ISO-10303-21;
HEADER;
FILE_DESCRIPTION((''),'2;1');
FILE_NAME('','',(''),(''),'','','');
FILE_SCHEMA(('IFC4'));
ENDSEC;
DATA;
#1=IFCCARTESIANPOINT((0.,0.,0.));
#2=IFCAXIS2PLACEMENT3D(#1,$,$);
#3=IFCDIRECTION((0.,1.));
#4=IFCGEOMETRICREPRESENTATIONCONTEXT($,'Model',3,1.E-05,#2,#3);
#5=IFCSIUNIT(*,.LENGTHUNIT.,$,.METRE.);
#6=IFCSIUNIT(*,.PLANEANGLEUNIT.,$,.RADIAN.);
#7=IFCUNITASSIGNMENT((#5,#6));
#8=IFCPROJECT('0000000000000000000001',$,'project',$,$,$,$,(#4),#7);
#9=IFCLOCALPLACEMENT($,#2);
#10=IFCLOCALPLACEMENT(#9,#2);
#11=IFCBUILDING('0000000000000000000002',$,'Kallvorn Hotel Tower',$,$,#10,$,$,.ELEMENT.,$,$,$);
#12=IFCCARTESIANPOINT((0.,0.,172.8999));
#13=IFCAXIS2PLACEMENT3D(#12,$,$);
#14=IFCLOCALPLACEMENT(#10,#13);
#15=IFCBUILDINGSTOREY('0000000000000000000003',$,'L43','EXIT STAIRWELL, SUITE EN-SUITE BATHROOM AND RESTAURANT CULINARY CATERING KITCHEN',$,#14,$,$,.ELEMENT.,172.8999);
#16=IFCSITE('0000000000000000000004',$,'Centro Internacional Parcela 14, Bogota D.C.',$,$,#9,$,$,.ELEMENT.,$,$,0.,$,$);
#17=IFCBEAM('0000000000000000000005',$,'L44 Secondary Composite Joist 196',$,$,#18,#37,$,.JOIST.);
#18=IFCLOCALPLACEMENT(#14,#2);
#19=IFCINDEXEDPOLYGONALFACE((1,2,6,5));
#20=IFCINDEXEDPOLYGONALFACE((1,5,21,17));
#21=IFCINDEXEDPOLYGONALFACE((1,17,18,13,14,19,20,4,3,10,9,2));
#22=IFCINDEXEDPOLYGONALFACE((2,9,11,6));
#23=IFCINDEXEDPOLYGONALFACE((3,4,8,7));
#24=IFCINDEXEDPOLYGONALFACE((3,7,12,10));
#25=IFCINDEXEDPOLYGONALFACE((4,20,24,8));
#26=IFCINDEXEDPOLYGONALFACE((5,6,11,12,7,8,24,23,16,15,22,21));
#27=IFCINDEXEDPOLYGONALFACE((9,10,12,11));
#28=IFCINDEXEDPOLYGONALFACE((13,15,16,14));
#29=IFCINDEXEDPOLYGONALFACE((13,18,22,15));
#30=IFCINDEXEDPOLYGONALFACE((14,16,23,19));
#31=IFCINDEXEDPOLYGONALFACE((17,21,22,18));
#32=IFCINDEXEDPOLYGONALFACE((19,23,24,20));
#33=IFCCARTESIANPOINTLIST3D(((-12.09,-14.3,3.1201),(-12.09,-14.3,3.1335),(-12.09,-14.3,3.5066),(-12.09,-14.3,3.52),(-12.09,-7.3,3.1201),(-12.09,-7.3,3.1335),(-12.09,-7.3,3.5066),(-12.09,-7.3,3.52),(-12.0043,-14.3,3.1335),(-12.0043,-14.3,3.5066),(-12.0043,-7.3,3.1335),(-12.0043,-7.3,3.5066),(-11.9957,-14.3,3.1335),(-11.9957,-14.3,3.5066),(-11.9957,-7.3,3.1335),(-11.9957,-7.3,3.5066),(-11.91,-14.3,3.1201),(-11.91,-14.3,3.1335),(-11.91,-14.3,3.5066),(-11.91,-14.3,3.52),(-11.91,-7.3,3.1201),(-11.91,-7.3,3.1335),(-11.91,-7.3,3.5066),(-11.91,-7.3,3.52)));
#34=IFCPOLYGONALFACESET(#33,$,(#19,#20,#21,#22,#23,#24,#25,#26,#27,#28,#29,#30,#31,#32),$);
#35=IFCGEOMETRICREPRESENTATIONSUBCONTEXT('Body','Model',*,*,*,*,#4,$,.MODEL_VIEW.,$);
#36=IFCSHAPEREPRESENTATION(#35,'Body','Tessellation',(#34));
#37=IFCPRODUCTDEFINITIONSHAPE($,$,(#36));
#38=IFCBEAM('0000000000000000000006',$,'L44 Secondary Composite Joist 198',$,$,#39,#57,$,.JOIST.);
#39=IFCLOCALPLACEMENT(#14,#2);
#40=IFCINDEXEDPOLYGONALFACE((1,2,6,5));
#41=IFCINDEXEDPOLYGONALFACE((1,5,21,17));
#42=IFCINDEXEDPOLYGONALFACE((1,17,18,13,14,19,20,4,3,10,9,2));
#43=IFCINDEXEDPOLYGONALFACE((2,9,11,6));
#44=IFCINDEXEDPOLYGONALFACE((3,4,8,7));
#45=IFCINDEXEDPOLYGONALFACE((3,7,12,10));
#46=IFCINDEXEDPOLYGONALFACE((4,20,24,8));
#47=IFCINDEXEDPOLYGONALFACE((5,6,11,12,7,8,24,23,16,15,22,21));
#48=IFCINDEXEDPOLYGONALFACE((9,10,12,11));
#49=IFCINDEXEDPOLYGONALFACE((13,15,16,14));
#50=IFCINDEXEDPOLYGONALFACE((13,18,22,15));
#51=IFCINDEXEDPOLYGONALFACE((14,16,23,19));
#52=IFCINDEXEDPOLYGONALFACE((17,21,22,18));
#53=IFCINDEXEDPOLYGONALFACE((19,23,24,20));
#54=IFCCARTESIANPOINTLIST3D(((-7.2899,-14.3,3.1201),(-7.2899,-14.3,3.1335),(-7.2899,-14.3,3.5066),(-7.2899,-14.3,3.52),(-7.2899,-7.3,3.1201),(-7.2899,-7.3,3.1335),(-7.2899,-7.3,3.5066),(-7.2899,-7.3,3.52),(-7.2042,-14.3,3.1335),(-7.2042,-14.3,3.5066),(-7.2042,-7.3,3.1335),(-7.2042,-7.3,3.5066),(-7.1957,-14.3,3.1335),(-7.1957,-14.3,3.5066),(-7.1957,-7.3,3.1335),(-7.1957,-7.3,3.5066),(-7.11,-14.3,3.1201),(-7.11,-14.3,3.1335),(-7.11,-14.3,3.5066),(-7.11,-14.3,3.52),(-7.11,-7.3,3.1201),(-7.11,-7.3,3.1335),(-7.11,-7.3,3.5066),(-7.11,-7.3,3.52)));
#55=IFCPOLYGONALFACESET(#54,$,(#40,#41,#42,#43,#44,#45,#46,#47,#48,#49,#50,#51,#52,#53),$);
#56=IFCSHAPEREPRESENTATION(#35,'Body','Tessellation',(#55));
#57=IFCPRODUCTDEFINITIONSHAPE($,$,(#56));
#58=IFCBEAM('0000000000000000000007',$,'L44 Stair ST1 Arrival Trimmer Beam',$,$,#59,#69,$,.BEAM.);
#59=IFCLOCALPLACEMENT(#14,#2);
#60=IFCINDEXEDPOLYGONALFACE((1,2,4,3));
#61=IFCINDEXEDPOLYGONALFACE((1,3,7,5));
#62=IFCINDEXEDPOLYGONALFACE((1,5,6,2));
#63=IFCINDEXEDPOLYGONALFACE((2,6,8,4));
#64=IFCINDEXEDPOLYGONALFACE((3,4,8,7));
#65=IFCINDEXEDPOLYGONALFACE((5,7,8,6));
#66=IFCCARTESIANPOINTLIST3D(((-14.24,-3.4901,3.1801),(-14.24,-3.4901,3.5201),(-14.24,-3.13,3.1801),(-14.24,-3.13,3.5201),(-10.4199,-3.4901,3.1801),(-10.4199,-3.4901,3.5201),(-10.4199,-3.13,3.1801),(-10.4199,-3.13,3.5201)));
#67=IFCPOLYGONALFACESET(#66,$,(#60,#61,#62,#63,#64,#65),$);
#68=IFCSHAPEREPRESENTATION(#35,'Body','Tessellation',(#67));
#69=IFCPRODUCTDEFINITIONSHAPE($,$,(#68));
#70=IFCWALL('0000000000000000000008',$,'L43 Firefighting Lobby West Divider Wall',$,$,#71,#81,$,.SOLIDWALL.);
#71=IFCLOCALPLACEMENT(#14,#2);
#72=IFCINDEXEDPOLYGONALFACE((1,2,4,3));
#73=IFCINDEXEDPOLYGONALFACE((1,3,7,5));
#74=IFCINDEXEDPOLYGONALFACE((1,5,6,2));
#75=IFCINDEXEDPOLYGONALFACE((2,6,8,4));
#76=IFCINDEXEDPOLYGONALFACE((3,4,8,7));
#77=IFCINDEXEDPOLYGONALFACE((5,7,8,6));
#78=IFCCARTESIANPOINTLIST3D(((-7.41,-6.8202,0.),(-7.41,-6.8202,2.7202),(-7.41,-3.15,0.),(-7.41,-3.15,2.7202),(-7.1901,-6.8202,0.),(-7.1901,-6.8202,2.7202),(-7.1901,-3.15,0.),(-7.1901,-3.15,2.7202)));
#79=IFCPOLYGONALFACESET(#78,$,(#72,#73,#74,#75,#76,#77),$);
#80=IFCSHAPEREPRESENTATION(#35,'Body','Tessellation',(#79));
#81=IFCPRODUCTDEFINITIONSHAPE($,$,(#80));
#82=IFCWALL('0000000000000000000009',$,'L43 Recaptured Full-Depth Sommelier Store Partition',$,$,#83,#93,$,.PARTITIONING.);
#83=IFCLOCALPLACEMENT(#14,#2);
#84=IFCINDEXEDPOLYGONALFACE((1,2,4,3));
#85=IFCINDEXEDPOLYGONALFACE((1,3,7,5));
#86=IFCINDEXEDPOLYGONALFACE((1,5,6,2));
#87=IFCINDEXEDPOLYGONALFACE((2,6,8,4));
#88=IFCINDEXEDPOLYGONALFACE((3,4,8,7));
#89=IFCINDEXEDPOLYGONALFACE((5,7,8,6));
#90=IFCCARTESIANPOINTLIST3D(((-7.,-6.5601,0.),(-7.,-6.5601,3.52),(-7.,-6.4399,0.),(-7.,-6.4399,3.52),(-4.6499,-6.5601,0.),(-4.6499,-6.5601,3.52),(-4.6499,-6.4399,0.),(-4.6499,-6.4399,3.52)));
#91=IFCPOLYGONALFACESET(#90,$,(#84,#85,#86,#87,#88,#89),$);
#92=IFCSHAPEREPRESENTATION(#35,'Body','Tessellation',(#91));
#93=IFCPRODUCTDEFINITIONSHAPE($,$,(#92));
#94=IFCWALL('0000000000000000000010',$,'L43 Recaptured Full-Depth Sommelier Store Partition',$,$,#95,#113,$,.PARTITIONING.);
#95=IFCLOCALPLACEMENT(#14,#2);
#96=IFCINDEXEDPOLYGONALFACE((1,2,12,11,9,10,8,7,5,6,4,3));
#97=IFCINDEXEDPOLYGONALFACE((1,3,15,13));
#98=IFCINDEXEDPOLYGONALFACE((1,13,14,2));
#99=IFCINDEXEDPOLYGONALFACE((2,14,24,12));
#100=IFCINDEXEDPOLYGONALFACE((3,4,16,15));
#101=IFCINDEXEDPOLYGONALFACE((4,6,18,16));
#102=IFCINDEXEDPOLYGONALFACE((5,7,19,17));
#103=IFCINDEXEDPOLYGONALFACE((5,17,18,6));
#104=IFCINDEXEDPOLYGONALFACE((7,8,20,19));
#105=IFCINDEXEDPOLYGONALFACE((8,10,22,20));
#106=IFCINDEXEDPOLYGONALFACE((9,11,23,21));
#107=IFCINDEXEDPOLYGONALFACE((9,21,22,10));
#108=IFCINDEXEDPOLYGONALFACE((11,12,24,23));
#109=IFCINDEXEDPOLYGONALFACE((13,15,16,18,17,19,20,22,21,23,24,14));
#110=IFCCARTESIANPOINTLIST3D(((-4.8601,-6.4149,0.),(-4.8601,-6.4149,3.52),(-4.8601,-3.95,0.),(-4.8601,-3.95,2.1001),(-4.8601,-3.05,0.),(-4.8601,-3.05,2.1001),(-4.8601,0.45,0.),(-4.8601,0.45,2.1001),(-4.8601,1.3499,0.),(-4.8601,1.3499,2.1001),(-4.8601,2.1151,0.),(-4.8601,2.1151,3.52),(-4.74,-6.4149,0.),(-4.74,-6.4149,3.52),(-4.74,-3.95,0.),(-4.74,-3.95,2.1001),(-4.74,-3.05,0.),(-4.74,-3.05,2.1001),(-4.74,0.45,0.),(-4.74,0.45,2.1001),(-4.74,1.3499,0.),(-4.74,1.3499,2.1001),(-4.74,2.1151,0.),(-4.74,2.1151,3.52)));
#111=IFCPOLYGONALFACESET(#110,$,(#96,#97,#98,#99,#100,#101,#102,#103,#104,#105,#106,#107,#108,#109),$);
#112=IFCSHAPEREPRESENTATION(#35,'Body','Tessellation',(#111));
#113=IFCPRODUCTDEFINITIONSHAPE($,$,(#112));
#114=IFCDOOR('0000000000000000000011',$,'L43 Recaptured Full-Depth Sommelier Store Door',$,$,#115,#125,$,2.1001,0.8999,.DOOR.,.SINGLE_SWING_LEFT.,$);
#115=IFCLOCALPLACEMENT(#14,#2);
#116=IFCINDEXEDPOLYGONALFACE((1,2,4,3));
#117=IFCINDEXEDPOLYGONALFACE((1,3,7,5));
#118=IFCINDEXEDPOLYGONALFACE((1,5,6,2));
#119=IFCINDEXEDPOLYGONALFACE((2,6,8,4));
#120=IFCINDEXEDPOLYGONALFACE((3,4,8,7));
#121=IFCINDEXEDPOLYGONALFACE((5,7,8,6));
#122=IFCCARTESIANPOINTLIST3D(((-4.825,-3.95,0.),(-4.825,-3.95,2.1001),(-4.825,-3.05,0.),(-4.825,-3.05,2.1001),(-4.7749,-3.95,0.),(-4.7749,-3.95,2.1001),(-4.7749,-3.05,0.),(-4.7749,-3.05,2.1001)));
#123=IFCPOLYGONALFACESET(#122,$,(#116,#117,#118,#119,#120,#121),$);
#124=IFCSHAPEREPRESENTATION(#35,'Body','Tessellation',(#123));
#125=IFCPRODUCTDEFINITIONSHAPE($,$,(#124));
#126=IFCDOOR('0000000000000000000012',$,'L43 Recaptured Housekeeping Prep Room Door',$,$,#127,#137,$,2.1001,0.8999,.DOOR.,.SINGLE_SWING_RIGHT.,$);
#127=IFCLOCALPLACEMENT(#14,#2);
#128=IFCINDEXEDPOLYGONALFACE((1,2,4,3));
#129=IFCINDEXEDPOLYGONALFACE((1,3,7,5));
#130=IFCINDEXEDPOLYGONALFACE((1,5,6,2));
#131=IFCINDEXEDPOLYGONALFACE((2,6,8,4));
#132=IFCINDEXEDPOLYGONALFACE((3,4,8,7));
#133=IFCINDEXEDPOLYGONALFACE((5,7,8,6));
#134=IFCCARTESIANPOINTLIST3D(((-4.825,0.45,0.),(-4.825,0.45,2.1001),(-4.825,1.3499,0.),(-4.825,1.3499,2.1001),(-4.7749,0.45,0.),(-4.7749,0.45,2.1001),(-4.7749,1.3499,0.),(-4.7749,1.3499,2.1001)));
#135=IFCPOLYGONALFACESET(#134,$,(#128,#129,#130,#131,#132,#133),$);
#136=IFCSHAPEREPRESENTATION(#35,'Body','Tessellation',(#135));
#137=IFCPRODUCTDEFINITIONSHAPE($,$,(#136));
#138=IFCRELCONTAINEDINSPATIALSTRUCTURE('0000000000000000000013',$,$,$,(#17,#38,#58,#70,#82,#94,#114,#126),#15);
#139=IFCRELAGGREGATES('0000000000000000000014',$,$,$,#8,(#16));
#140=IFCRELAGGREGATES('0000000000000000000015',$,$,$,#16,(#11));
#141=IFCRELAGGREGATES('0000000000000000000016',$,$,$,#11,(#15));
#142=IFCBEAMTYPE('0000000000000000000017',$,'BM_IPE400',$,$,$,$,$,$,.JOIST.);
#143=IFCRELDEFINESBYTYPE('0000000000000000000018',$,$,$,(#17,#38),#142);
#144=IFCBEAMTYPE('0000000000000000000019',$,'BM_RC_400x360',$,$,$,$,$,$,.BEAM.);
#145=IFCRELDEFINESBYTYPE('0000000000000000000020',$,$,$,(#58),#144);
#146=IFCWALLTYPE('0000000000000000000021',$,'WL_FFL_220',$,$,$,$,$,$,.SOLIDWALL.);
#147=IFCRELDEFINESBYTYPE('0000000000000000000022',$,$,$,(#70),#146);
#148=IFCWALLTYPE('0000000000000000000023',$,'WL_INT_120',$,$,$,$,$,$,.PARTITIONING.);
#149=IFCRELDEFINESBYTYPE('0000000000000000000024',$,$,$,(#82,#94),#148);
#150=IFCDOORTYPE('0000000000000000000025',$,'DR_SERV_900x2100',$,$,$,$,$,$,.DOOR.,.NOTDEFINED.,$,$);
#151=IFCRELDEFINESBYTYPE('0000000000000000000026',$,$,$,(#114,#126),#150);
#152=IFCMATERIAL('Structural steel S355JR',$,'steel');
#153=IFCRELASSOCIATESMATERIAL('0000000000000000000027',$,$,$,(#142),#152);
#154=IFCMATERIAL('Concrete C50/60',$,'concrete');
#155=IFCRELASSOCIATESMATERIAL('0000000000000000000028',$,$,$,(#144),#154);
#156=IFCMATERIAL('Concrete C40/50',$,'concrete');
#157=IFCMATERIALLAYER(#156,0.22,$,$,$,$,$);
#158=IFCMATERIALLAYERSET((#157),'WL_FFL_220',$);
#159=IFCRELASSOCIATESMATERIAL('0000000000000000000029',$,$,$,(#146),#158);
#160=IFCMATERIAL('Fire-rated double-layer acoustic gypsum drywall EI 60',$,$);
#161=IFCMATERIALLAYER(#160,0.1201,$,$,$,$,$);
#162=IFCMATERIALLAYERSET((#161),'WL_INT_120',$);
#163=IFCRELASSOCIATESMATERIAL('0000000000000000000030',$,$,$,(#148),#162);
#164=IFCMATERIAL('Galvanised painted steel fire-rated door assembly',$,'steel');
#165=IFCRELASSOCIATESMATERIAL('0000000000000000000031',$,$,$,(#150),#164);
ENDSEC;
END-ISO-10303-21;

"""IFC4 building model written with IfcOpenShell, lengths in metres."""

from ifc_helpers import new_model, si_unit, direction, frame, frame_2d, origin, origin_2d, place, context, subcontext, project, spatial, rectangle, i_section, extrude, material, layer, layer_set, material_profile, profile_set, type_object, element, fill, save


model = new_model("IFC4")

# Units and contexts
model_context = context("Model", 3, precision=1e-05, world=origin(), true_north=direction((0.0, 1.0)))
body_context = subcontext(model_context, "Body", "Model", "MODEL_VIEW")
ifc_project = project(units=[si_unit("LENGTHUNIT", "METRE"), si_unit("PLANEANGLEUNIT", "RADIAN")], contexts=[model_context])

# Site, building, storey
site_placement = place(None, origin())
site = spatial("IfcSite", under=ifc_project, at=site_placement, Name="Centro Internacional Parcela 14, Bogota D.C.", CompositionType="ELEMENT", RefElevation=0.0)
building_placement = place(site_placement, origin())
building = spatial("IfcBuilding", under=site, at=building_placement, Name="Kallvorn Hotel Tower", CompositionType="ELEMENT")
storey_placement = place(building_placement, frame((0.0, 0.0, 172.8999)))
storey = spatial("IfcBuildingStorey", under=building, at=storey_placement, Name="L43", Description="EXIT STAIRWELL, SUITE EN-SUITE BATHROOM AND RESTAURANT CULINARY CATERING KITCHEN", CompositionType="ELEMENT", Elevation=172.8999)

# Beams
ifc_material_1 = material(Name="Structural steel S355JR", Category="steel")
ifc_material_profile_1 = material_profile(ifc_material_1, i_section(OverallWidth=0.1799, OverallDepth=0.3999, WebThickness=0.0085, FlangeThickness=0.0134, at=origin_2d()), Name="IPE 400")
ifc_profile_set_1 = profile_set([ifc_material_profile_1], Name="Structural steel S355JR")
beam_type_1 = type_object("IfcBeamType", Name="BM_IPE400", PredefinedType="JOIST", material=ifc_profile_set_1)
for number, where, z_axis, x_axis, name in (
    (1, (-12.0, -14.3, 3.3201), (0.0, 1.0, 0.0), (-1.0, 0.0, 0.0), "L44 Secondary Composite Joist 196"),
    (2, (-7.2, -14.3, 3.3201), (0.0, 1.0, 0.0), (-1.0, 0.0, 0.0), "L44 Secondary Composite Joist 198"),
):
    element("IfcBeam", number, at=place(storey_placement, frame(where, z_axis=z_axis, x_axis=x_axis)), inside=storey, type_object=beam_type_1, Name=name, PredefinedType="JOIST", context=body_context, shape_type="SweptSolid", body=[
        extrude(i_section(OverallWidth=0.1799, OverallDepth=0.3999, WebThickness=0.0085, FlangeThickness=0.0134, at=origin_2d()), origin(), (0.0, 0.0, 1.0), 7.0),
    ])
ifc_material_2 = material(Name="Concrete C50/60", Category="concrete")
ifc_material_profile_2 = material_profile(ifc_material_2, rectangle(XDim=0.3601, YDim=0.3401, at=origin_2d()), Name="RC 360x340")
ifc_profile_set_2 = profile_set([ifc_material_profile_2], Name="Concrete C50/60")
beam_type_2 = type_object("IfcBeamType", Name="BM_RC_400x360", PredefinedType="BEAM", material=ifc_profile_set_2)
beam_1_placement = place(storey_placement, frame((-10.4199, -3.3101, 3.3501), z_axis=(-1.0, 0.0, 0.0), x_axis=(0.0, -1.0, 0.0)))
element("IfcBeam", 3, at=beam_1_placement, inside=storey, type_object=beam_type_2, Name="L44 Stair ST1 Arrival Trimmer Beam", PredefinedType="BEAM", context=body_context, shape_type="SweptSolid", body=[
    extrude(rectangle(XDim=0.3601, YDim=0.3401, at=origin_2d()), origin(), (0.0, 0.0, 1.0), 3.8201),
])

# Walls
ifc_material_3 = material(Name="Concrete C40/50", Category="concrete")
ifc_layer_1 = layer(ifc_material_3, 0.22)
ifc_layer_set_1 = layer_set([ifc_layer_1], Name="WL_FFL_220")
wall_type_1 = type_object("IfcWallType", Name="WL_FFL_220", PredefinedType="SOLIDWALL", material=ifc_layer_set_1)
wall_1_placement = place(storey_placement, frame((-7.3, -6.8201, 0.0), z_axis=(0.0, 0.0, 1.0), x_axis=(0.0, 1.0, 0.0)))
element("IfcWall", 4, at=wall_1_placement, inside=storey, type_object=wall_type_1, Name="L43 Firefighting Lobby West Divider Wall", PredefinedType="SOLIDWALL", context=body_context, shape_type="SweptSolid", body=[
    extrude(rectangle(XDim=3.6702, YDim=0.22, at=frame_2d((1.835, 0.0))), origin(), (0.0, 0.0, 1.0), 2.7202),
])
ifc_material_4 = material(Name="Fire-rated double-layer acoustic gypsum drywall EI 60")
ifc_layer_2 = layer(ifc_material_4, 0.1201)
ifc_layer_set_2 = layer_set([ifc_layer_2], Name="WL_INT_120")
wall_type_2 = type_object("IfcWallType", Name="WL_INT_120", PredefinedType="PARTITIONING", material=ifc_layer_set_2)
wall_2_placement = place(storey_placement, frame((-7.0, -6.5, 0.0), z_axis=(0.0, 0.0, 1.0), x_axis=(1.0, 0.0, 0.0)))
element("IfcWall", 5, at=wall_2_placement, inside=storey, type_object=wall_type_2, Name="L43 Recaptured Full-Depth Sommelier Store Partition", PredefinedType="PARTITIONING", context=body_context, shape_type="SweptSolid", body=[
    extrude(rectangle(XDim=2.3501, YDim=0.1201, at=frame_2d((1.175, 0.0))), origin(), (0.0, 0.0, 1.0), 3.52),
])

# Wall, openings, doors
wall_3_placement = place(storey_placement, frame((-4.8, -6.415, 0.0), z_axis=(0.0, 0.0, 1.0), x_axis=(0.0, 1.0, 0.0)))
wall_3 = element("IfcWall", 6, at=wall_3_placement, inside=storey, type_object=wall_type_2, Name="L43 Recaptured Full-Depth Sommelier Store Partition", PredefinedType="PARTITIONING", context=body_context, shape_type="SweptSolid", body=[
    extrude(rectangle(XDim=8.53, YDim=0.1201, at=frame_2d((4.2651, 0.0))), origin(), (0.0, 0.0, 1.0), 3.52),
])
opening_1_placement = place(wall_3_placement, frame((2.4651, 0.0, 0.0)))
opening_1 = element("IfcOpeningElement", 7, at=opening_1_placement, cuts=wall_3, PredefinedType="OPENING", context=body_context, shape_type="SweptSolid", body=[
    extrude(rectangle(XDim=0.8999, YDim=2.1001, at=frame_2d((0.45, 1.05))), frame((0.0, 0.075, 0.0), z_axis=(0.0, -1.0, 0.0), x_axis=(1.0, 0.0, 0.0)), (0.0, 0.0, 1.0), 0.1501),
])
opening_2_placement = place(wall_3_placement, frame((6.865, 0.0, 0.0)))
opening_2 = element("IfcOpeningElement", 8, at=opening_2_placement, cuts=wall_3, PredefinedType="OPENING", context=body_context, shape_type="SweptSolid", body=[
    extrude(rectangle(XDim=0.8999, YDim=2.1001, at=frame_2d((0.45, 1.05))), frame((0.0, 0.075, 0.0), z_axis=(0.0, -1.0, 0.0), x_axis=(1.0, 0.0, 0.0)), (0.0, 0.0, 1.0), 0.1501),
])
ifc_material_5 = material(Name="Galvanised painted steel fire-rated door assembly", Category="steel")
door_type_1 = type_object("IfcDoorType", Name="DR_SERV_900x2100", OperationType="NOTDEFINED", PredefinedType="DOOR", material=ifc_material_5)
door_1_placement = place(opening_1_placement, origin())
door_1 = element("IfcDoor", 9, at=door_1_placement, inside=storey, type_object=door_type_1, Name="L43 Recaptured Full-Depth Sommelier Store Door", OperationType="SINGLE_SWING_LEFT", OverallHeight=2.1001, OverallWidth=0.8999, PredefinedType="DOOR", context=body_context, shape_type="SweptSolid", body=[
    extrude(rectangle(XDim=0.8999, YDim=2.1001, at=frame_2d((0.45, 1.05))), frame((0.0, 0.0249, 0.0), z_axis=(0.0, -1.0, 0.0), x_axis=(1.0, 0.0, 0.0)), (0.0, 0.0, 1.0), 0.05),
])
fill(opening_1, door_1)
door_2_placement = place(opening_2_placement, origin())
door_2 = element("IfcDoor", 10, at=door_2_placement, inside=storey, type_object=door_type_1, Name="L43 Recaptured Housekeeping Prep Room Door", OperationType="SINGLE_SWING_RIGHT", OverallHeight=2.1001, OverallWidth=0.8999, PredefinedType="DOOR", context=body_context, shape_type="SweptSolid", body=[
    extrude(rectangle(XDim=0.8999, YDim=2.1001, at=frame_2d((0.45, 1.05))), frame((0.0, 0.0249, 0.0), z_axis=(0.0, -1.0, 0.0), x_axis=(1.0, 0.0, 0.0)), (0.0, 0.0, 1.0), 0.05),
])
fill(opening_2, door_2)

save(model, "model.ifc")
